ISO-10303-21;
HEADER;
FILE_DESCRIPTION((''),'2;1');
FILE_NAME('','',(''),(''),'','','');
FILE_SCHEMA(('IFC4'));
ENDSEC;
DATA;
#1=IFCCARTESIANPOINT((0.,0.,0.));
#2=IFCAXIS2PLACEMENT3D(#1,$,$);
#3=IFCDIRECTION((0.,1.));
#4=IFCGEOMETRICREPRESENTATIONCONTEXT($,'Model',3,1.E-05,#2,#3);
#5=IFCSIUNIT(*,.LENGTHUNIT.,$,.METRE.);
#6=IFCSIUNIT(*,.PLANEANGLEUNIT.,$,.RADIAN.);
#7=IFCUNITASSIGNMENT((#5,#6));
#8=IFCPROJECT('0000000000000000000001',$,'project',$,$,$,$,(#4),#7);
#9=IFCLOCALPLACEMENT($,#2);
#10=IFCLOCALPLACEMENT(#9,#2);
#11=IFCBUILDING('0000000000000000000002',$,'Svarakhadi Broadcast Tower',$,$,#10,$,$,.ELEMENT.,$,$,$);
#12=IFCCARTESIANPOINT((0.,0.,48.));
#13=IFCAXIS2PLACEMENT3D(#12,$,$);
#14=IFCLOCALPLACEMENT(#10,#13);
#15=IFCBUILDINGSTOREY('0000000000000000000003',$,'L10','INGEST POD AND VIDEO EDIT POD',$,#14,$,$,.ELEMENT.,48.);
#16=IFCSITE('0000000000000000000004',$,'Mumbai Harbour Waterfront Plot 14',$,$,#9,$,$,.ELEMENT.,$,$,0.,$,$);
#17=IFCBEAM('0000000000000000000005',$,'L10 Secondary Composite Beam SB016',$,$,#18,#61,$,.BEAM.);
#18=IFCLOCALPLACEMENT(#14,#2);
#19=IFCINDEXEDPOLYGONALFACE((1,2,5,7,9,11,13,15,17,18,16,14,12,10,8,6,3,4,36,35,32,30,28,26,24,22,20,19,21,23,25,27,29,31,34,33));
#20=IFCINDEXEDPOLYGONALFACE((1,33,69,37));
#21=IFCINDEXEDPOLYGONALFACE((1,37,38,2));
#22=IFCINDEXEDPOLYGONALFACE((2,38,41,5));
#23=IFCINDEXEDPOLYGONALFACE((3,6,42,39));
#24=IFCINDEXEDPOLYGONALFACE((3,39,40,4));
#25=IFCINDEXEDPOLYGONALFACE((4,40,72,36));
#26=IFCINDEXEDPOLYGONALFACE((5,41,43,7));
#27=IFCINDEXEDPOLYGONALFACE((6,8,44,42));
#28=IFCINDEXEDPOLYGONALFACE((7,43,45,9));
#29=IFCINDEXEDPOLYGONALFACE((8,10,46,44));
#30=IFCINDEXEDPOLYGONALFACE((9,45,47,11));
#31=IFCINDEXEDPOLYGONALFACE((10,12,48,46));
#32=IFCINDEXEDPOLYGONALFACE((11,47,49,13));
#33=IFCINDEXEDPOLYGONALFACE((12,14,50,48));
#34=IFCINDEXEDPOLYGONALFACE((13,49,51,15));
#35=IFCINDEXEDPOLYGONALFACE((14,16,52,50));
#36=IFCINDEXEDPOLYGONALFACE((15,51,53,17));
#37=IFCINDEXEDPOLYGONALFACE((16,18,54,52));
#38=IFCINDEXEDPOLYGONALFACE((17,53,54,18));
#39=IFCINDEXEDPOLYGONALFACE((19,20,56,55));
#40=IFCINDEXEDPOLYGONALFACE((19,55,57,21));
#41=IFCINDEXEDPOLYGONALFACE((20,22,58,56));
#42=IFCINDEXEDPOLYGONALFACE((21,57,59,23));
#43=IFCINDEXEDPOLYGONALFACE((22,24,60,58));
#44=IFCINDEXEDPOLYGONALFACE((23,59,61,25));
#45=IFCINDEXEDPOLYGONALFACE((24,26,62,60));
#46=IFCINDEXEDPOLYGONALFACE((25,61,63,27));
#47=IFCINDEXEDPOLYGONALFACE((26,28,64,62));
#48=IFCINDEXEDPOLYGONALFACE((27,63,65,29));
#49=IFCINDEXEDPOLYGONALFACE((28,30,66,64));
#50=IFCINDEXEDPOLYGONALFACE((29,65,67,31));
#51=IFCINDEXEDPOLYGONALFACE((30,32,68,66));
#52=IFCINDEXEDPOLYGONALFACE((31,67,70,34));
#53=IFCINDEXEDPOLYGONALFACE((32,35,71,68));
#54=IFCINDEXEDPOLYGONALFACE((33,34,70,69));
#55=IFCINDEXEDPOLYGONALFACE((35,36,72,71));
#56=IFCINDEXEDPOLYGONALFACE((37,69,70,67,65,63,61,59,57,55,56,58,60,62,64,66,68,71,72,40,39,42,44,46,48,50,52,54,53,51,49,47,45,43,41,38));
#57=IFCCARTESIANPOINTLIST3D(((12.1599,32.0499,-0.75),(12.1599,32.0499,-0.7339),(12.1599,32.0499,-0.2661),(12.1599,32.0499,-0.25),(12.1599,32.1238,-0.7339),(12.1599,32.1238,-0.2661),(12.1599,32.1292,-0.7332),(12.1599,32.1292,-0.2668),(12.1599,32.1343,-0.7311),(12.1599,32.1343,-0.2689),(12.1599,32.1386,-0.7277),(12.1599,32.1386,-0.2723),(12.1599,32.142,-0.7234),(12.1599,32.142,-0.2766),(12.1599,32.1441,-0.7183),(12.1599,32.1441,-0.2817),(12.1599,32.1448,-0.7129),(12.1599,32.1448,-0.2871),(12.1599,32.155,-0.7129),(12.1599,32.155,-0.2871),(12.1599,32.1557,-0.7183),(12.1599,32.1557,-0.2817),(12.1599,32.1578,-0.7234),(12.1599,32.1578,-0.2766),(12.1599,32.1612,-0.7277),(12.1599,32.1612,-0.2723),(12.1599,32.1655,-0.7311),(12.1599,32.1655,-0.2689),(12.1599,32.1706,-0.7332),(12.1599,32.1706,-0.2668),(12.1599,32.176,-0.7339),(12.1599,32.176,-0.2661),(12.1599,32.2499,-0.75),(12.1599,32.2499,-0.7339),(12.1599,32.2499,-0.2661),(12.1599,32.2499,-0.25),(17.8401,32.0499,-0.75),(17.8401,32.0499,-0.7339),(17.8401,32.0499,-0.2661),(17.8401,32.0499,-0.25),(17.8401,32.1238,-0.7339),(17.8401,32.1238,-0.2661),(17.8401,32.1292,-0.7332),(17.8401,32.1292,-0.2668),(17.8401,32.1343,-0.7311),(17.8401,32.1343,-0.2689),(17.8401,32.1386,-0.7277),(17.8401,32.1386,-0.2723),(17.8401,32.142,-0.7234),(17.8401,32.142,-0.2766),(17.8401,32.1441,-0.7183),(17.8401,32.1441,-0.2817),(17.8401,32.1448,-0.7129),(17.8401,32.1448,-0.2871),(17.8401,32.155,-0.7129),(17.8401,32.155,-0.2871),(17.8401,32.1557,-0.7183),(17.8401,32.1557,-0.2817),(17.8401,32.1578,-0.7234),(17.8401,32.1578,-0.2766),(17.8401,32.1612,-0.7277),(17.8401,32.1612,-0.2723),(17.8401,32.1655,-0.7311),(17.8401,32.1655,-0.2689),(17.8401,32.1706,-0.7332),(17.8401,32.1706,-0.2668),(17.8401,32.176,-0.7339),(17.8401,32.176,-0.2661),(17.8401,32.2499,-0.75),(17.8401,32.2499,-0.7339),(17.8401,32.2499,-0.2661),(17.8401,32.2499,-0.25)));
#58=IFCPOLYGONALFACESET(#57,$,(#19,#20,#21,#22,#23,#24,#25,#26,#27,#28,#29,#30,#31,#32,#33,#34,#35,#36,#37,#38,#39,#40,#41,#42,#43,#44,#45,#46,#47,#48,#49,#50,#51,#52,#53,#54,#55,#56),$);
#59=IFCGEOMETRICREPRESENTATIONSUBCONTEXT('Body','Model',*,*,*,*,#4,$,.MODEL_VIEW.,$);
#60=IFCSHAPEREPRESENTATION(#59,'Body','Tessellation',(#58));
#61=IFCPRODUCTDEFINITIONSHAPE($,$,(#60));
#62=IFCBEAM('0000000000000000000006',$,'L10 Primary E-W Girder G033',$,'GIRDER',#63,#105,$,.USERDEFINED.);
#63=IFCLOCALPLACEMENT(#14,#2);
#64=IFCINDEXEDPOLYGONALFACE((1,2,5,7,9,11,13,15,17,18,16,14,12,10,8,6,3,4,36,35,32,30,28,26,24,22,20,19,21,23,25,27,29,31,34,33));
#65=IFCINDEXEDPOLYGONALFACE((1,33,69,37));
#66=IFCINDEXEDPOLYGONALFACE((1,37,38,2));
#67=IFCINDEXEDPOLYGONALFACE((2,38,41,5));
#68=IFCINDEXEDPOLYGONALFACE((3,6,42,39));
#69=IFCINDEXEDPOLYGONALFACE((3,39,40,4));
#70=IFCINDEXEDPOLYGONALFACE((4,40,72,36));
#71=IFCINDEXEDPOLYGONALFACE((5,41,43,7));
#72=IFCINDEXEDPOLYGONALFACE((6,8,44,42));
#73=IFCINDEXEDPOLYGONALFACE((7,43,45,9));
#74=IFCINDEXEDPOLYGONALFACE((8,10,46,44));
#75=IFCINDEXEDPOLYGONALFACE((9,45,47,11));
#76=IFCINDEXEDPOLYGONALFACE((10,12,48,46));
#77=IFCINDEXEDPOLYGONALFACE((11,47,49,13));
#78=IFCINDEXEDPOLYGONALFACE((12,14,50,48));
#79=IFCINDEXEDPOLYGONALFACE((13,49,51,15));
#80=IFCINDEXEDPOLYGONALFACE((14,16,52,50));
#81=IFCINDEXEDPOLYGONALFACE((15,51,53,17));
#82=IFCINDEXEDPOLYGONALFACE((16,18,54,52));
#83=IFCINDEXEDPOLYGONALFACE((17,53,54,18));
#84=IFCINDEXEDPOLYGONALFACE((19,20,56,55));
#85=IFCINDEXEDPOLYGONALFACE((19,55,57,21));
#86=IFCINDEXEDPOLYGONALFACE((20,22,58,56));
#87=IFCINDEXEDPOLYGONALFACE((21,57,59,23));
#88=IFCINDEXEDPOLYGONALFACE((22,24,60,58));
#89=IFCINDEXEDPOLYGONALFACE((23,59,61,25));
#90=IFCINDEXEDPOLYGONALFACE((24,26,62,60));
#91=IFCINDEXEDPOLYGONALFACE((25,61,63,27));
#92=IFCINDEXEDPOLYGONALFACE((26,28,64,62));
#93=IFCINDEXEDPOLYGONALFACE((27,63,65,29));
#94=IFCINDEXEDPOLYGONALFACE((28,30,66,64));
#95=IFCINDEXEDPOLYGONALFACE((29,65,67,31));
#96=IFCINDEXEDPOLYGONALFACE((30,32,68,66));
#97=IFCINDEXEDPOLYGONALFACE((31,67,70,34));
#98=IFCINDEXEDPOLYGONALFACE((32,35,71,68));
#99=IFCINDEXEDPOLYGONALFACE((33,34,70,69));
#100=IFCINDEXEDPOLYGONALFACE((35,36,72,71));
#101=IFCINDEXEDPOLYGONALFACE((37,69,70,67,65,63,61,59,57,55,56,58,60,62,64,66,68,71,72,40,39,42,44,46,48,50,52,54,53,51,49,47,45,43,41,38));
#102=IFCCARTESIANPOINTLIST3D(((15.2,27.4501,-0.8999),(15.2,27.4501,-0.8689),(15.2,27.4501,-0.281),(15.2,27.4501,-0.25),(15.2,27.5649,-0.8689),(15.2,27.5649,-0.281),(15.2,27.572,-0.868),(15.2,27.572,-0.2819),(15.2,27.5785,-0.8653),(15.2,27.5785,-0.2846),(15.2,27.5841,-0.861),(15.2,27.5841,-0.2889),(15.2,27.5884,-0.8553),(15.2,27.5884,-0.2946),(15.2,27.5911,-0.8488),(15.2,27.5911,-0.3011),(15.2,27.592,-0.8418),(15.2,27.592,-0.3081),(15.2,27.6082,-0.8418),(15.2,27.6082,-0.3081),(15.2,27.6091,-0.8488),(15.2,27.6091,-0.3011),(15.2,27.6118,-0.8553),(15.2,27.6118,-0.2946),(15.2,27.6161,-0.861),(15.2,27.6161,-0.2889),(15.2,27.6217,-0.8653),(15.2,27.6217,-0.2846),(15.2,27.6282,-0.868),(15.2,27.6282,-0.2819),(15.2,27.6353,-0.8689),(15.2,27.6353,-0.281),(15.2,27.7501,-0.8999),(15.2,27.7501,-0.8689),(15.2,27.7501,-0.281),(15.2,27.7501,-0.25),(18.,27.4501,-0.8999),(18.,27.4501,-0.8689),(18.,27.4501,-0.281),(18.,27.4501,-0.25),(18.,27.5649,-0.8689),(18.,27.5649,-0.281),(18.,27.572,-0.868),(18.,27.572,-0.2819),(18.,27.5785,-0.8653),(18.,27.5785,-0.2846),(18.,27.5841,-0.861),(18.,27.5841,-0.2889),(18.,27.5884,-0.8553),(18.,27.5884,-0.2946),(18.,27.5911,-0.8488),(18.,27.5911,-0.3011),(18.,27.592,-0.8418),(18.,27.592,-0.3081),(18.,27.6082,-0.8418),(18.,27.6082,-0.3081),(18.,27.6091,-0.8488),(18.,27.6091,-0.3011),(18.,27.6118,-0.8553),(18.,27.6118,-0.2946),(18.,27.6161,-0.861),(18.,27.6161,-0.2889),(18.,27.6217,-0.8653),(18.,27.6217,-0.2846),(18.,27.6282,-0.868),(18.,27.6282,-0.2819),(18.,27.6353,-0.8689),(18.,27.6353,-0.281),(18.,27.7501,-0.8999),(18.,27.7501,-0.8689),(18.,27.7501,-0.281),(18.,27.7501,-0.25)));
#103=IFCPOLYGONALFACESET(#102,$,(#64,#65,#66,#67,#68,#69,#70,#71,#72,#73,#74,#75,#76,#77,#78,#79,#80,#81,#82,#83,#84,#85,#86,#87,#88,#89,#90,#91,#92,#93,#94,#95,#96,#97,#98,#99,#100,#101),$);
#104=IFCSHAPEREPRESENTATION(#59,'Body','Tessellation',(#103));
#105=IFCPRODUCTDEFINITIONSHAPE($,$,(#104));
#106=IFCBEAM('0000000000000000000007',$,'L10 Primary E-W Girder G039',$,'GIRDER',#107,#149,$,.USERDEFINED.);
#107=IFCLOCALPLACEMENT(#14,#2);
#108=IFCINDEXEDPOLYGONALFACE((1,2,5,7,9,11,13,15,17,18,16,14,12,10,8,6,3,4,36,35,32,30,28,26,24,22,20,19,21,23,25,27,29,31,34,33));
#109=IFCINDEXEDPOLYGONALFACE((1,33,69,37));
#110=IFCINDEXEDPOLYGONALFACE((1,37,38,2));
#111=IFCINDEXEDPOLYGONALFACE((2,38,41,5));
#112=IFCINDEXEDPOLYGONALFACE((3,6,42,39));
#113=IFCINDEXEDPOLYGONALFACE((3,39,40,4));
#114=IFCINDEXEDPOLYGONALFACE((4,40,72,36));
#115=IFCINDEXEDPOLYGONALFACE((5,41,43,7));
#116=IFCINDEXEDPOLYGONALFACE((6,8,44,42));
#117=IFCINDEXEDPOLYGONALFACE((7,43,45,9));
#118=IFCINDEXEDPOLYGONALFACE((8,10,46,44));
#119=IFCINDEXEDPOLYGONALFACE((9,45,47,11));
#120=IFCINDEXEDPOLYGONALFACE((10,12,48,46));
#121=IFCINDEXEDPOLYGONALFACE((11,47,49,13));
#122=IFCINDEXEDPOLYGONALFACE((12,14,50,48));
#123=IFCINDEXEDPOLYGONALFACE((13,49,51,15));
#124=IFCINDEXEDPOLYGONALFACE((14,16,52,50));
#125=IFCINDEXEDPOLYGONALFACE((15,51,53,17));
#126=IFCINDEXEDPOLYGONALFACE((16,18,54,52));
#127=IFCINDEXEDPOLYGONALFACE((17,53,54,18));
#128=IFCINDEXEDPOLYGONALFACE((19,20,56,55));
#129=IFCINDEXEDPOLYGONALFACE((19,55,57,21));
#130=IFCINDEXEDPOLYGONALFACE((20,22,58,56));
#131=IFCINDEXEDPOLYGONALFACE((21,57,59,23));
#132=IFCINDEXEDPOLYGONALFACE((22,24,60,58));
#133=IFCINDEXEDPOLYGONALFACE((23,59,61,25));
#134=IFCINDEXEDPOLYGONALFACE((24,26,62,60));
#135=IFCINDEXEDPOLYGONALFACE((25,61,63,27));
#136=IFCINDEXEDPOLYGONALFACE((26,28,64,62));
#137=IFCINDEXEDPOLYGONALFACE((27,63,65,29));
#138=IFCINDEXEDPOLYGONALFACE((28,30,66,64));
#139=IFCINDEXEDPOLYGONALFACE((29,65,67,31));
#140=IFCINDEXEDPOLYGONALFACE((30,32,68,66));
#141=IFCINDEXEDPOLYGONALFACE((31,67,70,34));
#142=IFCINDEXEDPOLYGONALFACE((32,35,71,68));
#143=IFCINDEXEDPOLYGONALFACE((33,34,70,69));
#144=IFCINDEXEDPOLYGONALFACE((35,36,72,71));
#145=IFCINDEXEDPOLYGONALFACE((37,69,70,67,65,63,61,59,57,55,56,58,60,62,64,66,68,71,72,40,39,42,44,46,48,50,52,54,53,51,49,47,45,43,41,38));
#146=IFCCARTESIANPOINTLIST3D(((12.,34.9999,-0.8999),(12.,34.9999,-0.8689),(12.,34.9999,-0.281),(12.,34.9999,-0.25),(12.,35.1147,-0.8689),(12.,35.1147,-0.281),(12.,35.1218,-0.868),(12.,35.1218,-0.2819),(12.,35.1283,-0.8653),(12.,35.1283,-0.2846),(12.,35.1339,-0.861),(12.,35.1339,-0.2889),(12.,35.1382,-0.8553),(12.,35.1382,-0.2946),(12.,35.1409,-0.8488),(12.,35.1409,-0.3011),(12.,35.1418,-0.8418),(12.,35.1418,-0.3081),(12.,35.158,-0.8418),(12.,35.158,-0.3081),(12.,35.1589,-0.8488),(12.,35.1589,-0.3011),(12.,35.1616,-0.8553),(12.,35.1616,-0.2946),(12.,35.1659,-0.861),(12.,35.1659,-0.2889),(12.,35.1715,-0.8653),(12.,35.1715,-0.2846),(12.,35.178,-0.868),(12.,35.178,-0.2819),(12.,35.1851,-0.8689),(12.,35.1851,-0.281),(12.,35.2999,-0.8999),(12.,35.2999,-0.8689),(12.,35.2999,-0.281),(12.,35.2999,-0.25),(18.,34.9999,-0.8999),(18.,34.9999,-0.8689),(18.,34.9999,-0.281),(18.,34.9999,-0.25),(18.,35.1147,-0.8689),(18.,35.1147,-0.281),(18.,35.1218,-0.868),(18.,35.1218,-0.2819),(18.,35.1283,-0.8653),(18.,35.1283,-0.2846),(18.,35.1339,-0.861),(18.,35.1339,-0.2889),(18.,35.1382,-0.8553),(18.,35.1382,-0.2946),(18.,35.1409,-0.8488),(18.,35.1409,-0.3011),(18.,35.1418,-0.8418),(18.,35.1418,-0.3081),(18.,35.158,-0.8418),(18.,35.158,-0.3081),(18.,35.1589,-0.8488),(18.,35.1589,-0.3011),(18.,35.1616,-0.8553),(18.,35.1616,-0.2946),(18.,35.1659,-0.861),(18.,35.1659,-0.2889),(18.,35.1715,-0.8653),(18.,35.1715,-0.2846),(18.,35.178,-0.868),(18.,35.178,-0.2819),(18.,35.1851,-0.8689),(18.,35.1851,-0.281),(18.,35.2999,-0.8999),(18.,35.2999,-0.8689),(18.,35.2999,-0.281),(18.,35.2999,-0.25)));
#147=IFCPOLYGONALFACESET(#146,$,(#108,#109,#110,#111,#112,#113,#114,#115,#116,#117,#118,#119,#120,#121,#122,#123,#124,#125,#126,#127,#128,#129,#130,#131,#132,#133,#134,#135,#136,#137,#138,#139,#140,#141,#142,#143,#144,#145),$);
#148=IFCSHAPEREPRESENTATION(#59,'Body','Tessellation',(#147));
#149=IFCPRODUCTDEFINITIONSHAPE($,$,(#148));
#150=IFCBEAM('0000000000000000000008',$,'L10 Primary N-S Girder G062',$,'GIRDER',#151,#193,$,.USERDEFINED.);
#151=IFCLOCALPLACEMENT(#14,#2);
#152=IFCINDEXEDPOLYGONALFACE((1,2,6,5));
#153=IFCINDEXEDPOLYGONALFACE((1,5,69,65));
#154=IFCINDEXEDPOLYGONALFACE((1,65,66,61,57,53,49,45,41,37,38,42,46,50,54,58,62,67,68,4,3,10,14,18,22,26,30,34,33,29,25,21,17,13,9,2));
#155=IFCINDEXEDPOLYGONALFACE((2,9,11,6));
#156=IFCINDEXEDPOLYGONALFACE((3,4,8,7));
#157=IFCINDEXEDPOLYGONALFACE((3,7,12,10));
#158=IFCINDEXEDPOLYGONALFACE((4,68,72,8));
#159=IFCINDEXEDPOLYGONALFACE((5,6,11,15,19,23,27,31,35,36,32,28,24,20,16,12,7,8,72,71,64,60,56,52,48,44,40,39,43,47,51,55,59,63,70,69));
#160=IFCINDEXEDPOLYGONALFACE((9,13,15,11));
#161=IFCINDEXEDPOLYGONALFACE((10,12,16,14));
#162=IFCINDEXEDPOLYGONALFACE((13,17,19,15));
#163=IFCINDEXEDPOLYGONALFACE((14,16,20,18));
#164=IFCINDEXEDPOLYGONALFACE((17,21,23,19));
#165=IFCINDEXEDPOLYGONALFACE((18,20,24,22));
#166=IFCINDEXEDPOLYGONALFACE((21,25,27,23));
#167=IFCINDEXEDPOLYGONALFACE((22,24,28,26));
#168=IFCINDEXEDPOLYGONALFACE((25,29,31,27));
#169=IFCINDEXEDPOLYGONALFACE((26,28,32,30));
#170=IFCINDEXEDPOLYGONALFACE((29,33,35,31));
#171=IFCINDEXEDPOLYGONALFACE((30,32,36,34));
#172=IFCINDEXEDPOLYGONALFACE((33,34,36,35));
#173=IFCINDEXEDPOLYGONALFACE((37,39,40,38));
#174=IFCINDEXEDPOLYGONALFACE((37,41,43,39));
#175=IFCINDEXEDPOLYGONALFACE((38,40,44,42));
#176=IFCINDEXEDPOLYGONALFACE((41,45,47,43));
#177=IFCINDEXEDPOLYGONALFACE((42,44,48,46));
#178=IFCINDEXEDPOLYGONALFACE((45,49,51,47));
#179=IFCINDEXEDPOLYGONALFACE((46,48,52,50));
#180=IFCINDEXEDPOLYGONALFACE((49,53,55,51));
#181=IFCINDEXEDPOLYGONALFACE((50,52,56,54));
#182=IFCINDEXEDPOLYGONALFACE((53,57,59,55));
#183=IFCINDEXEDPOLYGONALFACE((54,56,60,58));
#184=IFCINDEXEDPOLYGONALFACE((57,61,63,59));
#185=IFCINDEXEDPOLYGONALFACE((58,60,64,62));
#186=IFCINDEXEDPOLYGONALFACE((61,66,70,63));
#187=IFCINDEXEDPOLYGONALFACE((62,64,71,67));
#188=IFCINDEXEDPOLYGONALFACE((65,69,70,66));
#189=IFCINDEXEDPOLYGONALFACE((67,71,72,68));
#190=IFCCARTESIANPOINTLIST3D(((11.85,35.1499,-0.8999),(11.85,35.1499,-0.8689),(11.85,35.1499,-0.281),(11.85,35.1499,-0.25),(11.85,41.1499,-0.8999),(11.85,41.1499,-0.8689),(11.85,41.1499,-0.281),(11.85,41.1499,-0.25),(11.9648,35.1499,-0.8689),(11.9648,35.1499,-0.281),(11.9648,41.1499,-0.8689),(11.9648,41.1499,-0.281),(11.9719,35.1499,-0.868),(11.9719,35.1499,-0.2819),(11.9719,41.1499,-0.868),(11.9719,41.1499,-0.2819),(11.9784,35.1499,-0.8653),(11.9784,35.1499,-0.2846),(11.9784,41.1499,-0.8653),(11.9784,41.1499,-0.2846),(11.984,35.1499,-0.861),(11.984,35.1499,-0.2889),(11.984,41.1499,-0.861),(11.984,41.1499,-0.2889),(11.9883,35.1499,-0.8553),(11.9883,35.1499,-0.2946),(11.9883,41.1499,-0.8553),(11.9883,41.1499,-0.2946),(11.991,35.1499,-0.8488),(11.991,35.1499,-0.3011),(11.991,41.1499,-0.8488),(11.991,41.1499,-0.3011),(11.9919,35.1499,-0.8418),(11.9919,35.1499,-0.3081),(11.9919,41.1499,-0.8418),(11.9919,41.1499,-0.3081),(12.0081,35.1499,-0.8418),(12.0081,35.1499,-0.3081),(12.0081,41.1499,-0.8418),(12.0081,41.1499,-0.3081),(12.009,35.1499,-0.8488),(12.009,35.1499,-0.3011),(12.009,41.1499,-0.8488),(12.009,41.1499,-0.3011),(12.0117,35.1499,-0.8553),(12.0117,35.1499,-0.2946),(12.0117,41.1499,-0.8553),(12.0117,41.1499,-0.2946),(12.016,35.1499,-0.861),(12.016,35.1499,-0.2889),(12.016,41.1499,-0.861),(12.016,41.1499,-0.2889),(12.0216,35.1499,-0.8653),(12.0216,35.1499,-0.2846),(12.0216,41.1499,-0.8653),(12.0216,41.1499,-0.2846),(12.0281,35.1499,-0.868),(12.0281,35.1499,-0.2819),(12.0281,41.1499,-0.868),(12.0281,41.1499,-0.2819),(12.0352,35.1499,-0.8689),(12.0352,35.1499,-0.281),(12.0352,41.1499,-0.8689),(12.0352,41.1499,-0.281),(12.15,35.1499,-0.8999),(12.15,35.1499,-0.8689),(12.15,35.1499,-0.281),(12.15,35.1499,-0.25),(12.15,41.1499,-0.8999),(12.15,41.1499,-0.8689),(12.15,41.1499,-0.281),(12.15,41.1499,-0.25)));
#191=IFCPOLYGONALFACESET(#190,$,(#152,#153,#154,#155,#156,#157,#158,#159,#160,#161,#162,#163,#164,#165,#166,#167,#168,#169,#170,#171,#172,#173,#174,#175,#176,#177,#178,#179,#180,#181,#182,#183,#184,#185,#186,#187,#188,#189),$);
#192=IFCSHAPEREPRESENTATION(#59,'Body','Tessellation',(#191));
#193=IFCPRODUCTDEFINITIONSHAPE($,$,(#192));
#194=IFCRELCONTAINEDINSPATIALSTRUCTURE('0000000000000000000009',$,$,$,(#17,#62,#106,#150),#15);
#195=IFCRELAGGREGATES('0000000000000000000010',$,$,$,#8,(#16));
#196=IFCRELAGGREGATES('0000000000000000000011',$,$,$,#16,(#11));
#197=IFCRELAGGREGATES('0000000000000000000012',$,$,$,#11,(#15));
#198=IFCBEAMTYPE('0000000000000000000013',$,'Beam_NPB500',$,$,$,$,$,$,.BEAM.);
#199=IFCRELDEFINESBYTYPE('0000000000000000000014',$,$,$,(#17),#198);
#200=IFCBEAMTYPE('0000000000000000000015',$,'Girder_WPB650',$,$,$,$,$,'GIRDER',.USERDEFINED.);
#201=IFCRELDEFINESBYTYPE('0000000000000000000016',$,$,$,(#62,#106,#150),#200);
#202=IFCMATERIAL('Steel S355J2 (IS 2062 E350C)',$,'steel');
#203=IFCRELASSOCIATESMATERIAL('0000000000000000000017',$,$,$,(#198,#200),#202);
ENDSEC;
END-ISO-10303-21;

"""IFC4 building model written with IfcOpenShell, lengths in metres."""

from ifc_helpers import new_model, si_unit, direction, frame, origin, origin_2d, place, context, subcontext, project, spatial, i_section, extrude, material, material_profile, profile_set, type_object, element, save


model = new_model("IFC4")

# Units and contexts
model_context = context("Model", 3, precision=1e-05, world=origin(), true_north=direction((0.0, 1.0)))
body_context = subcontext(model_context, "Body", "Model", "MODEL_VIEW")
ifc_project = project(units=[si_unit("LENGTHUNIT", "METRE"), si_unit("PLANEANGLEUNIT", "RADIAN")], contexts=[model_context])

# Site, building, storey
site_placement = place(None, origin())
site = spatial("IfcSite", under=ifc_project, at=site_placement, Name="Mumbai Harbour Waterfront Plot 14", CompositionType="ELEMENT", RefElevation=0.0)
building_placement = place(site_placement, origin())
building = spatial("IfcBuilding", under=site, at=building_placement, Name="Svarakhadi Broadcast Tower", CompositionType="ELEMENT")
storey_placement = place(building_placement, frame((0.0, 0.0, 48.0)))
storey = spatial("IfcBuildingStorey", under=building, at=storey_placement, Name="L10", Description="INGEST POD AND VIDEO EDIT POD", CompositionType="ELEMENT", Elevation=48.0)

# Beams
ifc_material_1 = material(Name="Steel S355J2 (IS 2062 E350C)", Category="steel")
ifc_material_profile_1 = material_profile(ifc_material_1, i_section(OverallWidth=0.2, OverallDepth=0.5, WebThickness=0.0103, FlangeThickness=0.0161, FilletRadius=0.021, at=origin_2d()), Name="NPB 500x200x91")
ifc_profile_set_1 = profile_set([ifc_material_profile_1], Name="Steel S355J2 (IS 2062 E350C)")
beam_type_1 = type_object("IfcBeamType", Name="Beam_NPB500", PredefinedType="BEAM", material=ifc_profile_set_1)
beam_1_placement = place(storey_placement, frame((12.1599, 32.1499, -0.5), z_axis=(1.0, 0.0, 0.0), x_axis=(0.0, 1.0, 0.0)))
element("IfcBeam", 1, at=beam_1_placement, inside=storey, type_object=beam_type_1, Name="L10 Secondary Composite Beam SB016", PredefinedType="BEAM", context=body_context, shape_type="SweptSolid", body=[
    extrude(i_section(OverallWidth=0.2, OverallDepth=0.5, WebThickness=0.0103, FlangeThickness=0.0161, FilletRadius=0.021, at=origin_2d()), origin(), (0.0, 0.0, 1.0), 5.6802),
])
ifc_material_profile_2 = material_profile(ifc_material_1, i_section(OverallWidth=0.3, OverallDepth=0.6499, WebThickness=0.0161, FlangeThickness=0.031, FilletRadius=0.0271, at=origin_2d()), Name="WPB 650x300x225")
ifc_profile_set_2 = profile_set([ifc_material_profile_2], Name="Steel S355J2 (IS 2062 E350C)")
beam_type_2 = type_object("IfcBeamType", Name="Girder_WPB650", ElementType="GIRDER", PredefinedType="USERDEFINED", material=ifc_profile_set_2)
beam_2_placement = place(storey_placement, frame((15.2, 27.6001, -0.575), z_axis=(1.0, 0.0, 0.0), x_axis=(0.0, 1.0, 0.0)))
element("IfcBeam", 2, at=beam_2_placement, inside=storey, type_object=beam_type_2, Name="L10 Primary E-W Girder G033", ObjectType="GIRDER", PredefinedType="USERDEFINED", context=body_context, shape_type="SweptSolid", body=[
    extrude(i_section(OverallWidth=0.3, OverallDepth=0.6499, WebThickness=0.0161, FlangeThickness=0.031, FilletRadius=0.0271, at=origin_2d()), origin(), (0.0, 0.0, 1.0), 2.8),
])
for number, where, z_axis, x_axis, name in (
    (3, (12.0, 35.1499, -0.575), (1.0, 0.0, 0.0), (0.0, 1.0, 0.0), "L10 Primary E-W Girder G039"),
    (4, (12.0, 35.1499, -0.575), (0.0, 1.0, 0.0), (-1.0, 0.0, 0.0), "L10 Primary N-S Girder G062"),
):
    element("IfcBeam", number, at=place(storey_placement, frame(where, z_axis=z_axis, x_axis=x_axis)), inside=storey, type_object=beam_type_2, Name=name, ObjectType="GIRDER", PredefinedType="USERDEFINED", context=body_context, shape_type="SweptSolid", body=[
        extrude(i_section(OverallWidth=0.3, OverallDepth=0.6499, WebThickness=0.0161, FlangeThickness=0.031, FilletRadius=0.0271, at=origin_2d()), origin(), (0.0, 0.0, 1.0), 6.0),
    ])

save(model, "model.ifc")
